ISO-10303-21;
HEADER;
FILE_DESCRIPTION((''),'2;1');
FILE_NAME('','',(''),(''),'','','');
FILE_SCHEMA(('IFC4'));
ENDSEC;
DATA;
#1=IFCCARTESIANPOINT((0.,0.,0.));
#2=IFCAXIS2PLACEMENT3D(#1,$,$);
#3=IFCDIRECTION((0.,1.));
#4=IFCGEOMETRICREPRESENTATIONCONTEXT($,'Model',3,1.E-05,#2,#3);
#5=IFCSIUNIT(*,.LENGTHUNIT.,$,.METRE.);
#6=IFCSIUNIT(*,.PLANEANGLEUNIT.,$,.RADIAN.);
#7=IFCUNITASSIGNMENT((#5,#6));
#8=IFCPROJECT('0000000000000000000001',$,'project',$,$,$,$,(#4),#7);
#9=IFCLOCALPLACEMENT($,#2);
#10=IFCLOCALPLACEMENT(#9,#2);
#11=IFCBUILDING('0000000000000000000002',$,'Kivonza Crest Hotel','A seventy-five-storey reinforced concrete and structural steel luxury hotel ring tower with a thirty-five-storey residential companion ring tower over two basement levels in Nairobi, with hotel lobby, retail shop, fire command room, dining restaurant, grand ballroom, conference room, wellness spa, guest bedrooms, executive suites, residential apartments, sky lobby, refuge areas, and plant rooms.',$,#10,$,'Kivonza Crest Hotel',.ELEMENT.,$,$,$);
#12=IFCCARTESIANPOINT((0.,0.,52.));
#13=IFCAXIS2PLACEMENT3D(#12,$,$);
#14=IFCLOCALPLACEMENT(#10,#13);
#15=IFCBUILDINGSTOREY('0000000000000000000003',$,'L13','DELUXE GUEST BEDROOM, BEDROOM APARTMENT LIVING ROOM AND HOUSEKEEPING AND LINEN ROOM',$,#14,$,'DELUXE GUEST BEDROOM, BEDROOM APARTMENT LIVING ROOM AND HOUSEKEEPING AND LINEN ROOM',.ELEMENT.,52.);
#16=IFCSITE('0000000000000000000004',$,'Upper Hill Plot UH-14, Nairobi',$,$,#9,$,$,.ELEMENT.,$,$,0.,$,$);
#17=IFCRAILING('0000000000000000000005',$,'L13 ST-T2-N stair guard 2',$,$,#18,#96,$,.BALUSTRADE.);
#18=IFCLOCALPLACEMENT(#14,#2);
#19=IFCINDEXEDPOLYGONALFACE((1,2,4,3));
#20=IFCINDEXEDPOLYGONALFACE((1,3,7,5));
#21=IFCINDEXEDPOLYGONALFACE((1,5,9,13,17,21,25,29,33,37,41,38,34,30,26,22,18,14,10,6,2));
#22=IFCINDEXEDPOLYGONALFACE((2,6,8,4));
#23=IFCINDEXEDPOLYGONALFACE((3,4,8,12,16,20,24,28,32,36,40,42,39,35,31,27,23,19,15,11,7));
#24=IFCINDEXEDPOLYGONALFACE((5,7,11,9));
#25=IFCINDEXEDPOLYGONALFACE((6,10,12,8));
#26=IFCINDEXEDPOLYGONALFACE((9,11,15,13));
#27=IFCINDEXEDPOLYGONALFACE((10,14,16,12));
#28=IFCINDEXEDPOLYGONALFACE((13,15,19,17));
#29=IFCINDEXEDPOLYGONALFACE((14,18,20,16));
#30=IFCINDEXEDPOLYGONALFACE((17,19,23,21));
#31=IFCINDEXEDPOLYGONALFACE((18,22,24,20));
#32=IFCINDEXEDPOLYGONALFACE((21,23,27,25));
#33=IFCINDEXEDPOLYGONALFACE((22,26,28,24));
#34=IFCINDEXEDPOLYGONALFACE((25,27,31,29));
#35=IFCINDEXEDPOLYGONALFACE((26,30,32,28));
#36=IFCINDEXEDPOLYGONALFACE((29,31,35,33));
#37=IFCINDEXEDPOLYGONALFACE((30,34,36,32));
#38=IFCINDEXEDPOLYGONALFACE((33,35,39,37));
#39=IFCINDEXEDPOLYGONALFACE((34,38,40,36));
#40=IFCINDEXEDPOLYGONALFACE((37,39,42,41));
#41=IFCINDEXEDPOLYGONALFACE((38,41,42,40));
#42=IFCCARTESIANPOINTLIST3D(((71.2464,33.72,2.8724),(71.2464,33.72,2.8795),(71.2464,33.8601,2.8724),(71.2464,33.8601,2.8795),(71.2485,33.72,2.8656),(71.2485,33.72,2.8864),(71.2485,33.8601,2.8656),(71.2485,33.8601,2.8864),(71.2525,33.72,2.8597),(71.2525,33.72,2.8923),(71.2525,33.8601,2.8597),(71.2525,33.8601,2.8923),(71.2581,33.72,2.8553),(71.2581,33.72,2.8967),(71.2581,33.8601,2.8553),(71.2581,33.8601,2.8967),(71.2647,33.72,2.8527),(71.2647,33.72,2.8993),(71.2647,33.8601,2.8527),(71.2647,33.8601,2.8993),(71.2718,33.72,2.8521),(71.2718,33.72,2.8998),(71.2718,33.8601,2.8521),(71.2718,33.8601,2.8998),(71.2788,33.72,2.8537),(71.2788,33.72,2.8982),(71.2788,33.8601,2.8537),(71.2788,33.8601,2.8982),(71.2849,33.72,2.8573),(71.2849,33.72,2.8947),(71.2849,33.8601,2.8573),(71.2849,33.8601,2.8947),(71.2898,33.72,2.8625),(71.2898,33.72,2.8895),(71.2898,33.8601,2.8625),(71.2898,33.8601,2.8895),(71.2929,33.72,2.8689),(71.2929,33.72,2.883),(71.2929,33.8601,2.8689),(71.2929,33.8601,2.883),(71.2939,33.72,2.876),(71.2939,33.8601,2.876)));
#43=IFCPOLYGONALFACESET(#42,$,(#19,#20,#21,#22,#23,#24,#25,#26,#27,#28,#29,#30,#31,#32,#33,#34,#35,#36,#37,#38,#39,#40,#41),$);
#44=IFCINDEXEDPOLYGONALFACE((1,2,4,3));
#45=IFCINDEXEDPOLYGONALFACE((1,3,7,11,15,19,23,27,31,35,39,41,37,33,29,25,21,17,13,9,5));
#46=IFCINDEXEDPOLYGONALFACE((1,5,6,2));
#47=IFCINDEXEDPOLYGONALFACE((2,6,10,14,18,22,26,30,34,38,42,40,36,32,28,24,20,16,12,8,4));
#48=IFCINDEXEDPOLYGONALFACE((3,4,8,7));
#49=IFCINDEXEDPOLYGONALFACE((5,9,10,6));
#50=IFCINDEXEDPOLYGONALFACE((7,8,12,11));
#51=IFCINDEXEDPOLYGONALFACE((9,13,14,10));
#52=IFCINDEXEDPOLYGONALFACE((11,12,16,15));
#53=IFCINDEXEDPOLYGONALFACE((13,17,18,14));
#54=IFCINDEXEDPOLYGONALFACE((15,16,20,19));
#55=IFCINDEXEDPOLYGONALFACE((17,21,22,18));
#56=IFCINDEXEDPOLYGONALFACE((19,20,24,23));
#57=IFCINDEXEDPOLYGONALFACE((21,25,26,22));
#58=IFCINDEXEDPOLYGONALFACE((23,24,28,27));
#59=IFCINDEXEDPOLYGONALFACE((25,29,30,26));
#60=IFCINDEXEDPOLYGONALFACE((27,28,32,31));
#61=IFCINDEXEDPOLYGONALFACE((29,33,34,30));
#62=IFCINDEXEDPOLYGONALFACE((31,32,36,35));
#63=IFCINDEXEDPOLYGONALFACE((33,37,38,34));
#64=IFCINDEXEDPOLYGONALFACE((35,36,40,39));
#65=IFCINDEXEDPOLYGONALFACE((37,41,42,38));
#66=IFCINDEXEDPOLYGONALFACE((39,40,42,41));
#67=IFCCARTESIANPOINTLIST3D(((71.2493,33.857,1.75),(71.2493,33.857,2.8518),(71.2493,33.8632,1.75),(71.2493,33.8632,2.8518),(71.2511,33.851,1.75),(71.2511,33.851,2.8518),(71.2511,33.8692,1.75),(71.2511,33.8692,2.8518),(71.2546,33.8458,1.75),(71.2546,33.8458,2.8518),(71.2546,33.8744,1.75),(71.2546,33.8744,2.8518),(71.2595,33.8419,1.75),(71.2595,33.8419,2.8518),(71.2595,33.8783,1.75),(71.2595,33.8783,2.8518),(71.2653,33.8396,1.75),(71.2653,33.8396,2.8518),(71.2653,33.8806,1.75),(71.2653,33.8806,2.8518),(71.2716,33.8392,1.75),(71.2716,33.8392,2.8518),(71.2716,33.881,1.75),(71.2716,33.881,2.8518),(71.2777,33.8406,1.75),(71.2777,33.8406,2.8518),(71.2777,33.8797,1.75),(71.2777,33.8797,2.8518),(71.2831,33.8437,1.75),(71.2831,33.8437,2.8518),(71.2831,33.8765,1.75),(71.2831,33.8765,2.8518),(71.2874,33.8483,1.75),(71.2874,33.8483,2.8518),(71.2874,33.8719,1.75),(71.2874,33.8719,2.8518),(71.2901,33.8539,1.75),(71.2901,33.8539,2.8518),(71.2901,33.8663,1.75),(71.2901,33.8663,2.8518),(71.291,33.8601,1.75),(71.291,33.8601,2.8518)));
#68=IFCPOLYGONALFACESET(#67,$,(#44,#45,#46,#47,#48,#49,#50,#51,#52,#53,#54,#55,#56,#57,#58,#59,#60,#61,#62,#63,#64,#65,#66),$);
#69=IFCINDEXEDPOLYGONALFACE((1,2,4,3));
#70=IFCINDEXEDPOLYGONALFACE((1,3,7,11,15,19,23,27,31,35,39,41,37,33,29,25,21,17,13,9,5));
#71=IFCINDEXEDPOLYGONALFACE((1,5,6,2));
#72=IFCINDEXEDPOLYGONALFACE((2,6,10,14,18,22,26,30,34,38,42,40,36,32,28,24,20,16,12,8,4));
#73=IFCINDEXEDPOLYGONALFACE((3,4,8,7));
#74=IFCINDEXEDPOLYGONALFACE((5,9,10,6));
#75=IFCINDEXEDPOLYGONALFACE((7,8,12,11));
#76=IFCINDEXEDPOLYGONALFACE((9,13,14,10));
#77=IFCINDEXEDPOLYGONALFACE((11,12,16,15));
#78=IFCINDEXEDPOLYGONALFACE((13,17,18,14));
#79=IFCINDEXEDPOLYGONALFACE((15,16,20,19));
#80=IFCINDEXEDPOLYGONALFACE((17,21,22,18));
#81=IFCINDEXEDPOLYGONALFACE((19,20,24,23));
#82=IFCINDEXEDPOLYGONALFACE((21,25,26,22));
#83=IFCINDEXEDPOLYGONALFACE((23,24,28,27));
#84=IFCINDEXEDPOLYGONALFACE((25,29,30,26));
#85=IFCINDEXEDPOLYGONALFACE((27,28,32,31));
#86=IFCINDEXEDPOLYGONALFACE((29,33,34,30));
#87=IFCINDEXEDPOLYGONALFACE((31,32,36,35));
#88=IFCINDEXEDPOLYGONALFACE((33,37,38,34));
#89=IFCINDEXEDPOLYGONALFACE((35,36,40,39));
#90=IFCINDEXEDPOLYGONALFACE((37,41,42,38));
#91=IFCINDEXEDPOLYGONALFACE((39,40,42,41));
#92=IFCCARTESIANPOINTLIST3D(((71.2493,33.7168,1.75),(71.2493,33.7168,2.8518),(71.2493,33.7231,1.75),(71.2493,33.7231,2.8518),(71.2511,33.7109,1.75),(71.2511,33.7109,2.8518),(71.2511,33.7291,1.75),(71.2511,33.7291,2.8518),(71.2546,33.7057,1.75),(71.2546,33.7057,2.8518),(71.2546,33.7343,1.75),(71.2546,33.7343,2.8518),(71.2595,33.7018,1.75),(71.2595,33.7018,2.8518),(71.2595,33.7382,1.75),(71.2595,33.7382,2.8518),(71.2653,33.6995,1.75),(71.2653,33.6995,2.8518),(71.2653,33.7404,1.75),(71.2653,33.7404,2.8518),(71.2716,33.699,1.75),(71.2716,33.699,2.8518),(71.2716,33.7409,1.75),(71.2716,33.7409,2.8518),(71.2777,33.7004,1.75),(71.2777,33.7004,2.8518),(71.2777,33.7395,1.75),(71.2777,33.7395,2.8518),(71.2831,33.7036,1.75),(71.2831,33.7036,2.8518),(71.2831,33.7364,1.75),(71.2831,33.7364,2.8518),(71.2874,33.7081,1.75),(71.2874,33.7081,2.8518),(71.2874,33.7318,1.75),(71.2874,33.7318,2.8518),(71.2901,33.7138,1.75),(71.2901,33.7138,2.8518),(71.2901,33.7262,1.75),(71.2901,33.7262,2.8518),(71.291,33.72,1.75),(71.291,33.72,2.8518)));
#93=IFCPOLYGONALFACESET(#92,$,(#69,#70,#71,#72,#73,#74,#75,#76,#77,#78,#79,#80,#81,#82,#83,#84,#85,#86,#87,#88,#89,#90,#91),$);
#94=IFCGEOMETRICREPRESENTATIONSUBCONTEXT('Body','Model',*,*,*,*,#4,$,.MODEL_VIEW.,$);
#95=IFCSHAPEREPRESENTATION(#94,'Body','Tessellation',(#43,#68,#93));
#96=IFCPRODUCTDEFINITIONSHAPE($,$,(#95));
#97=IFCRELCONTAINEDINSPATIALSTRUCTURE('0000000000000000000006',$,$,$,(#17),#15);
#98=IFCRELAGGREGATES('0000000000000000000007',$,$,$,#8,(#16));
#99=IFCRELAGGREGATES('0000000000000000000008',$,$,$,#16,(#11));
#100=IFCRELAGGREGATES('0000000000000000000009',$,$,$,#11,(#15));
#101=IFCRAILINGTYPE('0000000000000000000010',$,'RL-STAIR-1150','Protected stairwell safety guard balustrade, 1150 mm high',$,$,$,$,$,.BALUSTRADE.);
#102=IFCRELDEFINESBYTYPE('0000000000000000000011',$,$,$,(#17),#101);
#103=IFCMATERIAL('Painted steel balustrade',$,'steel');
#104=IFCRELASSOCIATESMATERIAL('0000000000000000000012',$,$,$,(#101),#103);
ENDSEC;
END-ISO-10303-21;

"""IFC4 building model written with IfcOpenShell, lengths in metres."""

from ifc_helpers import new_model, si_unit, direction, frame, origin, origin_2d, place, context, subcontext, project, spatial, circle, extrude, material, type_object, element, save


model = new_model("IFC4")

# Units and contexts
model_context = context("Model", 3, precision=1e-05, world=origin(), true_north=direction((0.0, 1.0)))
body_context = subcontext(model_context, "Body", "Model", "MODEL_VIEW")
ifc_project = project(units=[si_unit("LENGTHUNIT", "METRE"), si_unit("PLANEANGLEUNIT", "RADIAN")], contexts=[model_context])

# Site, building, storey
site_placement = place(None, origin())
site = spatial("IfcSite", under=ifc_project, at=site_placement, Name="Upper Hill Plot UH-14, Nairobi", CompositionType="ELEMENT", RefElevation=0.0)
building_placement = place(site_placement, origin())
building = spatial("IfcBuilding", under=site, at=building_placement, Name="Kivonza Crest Hotel", Description="A seventy-five-storey reinforced concrete and structural steel luxury hotel ring tower with a thirty-five-storey residential companion ring tower over two basement levels in Nairobi, with hotel lobby, retail shop, fire command room, dining restaurant, grand ballroom, conference room, wellness spa, guest bedrooms, executive suites, residential apartments, sky lobby, refuge areas, and plant rooms.", LongName="Kivonza Crest Hotel", CompositionType="ELEMENT")
storey_placement = place(building_placement, frame((0.0, 0.0, 52.0)))
storey = spatial("IfcBuildingStorey", under=building, at=storey_placement, Name="L13", Description="DELUXE GUEST BEDROOM, BEDROOM APARTMENT LIVING ROOM AND HOUSEKEEPING AND LINEN ROOM", LongName="DELUXE GUEST BEDROOM, BEDROOM APARTMENT LIVING ROOM AND HOUSEKEEPING AND LINEN ROOM", CompositionType="ELEMENT", Elevation=52.0)

# Railing
ifc_material_1 = material(Name="Painted steel balustrade", Category="steel")
railing_type_1 = type_object("IfcRailingType", Name="RL-STAIR-1150", Description="Protected stairwell safety guard balustrade, 1150 mm high", PredefinedType="BALUSTRADE", material=ifc_material_1)
railing_1_placement = place(storey_placement, frame((71.27, 33.8601, 1.75)))
element("IfcRailing", 1, at=railing_1_placement, inside=storey, type_object=railing_type_1, Name="L13 ST-T2-N stair guard 2", PredefinedType="BALUSTRADE", context=body_context, shape_type="SweptSolid", body=[
    extrude(circle(Radius=0.0239, at=origin_2d()), frame((0.0, 0.0, 1.126), z_axis=(0.0, -1.0, 0.0), x_axis=(1.0, 0.0, 0.0)), (0.0, 0.0, 1.0), 0.1401),
    extrude(circle(Radius=0.021, at=origin_2d()), origin(), (0.0, 0.0, 1.0), 1.1018),
    extrude(circle(Radius=0.021, at=origin_2d()), frame((0.0, -0.1401, 0.0)), (0.0, 0.0, 1.0), 1.1018),
])

save(model, "model.ifc")
